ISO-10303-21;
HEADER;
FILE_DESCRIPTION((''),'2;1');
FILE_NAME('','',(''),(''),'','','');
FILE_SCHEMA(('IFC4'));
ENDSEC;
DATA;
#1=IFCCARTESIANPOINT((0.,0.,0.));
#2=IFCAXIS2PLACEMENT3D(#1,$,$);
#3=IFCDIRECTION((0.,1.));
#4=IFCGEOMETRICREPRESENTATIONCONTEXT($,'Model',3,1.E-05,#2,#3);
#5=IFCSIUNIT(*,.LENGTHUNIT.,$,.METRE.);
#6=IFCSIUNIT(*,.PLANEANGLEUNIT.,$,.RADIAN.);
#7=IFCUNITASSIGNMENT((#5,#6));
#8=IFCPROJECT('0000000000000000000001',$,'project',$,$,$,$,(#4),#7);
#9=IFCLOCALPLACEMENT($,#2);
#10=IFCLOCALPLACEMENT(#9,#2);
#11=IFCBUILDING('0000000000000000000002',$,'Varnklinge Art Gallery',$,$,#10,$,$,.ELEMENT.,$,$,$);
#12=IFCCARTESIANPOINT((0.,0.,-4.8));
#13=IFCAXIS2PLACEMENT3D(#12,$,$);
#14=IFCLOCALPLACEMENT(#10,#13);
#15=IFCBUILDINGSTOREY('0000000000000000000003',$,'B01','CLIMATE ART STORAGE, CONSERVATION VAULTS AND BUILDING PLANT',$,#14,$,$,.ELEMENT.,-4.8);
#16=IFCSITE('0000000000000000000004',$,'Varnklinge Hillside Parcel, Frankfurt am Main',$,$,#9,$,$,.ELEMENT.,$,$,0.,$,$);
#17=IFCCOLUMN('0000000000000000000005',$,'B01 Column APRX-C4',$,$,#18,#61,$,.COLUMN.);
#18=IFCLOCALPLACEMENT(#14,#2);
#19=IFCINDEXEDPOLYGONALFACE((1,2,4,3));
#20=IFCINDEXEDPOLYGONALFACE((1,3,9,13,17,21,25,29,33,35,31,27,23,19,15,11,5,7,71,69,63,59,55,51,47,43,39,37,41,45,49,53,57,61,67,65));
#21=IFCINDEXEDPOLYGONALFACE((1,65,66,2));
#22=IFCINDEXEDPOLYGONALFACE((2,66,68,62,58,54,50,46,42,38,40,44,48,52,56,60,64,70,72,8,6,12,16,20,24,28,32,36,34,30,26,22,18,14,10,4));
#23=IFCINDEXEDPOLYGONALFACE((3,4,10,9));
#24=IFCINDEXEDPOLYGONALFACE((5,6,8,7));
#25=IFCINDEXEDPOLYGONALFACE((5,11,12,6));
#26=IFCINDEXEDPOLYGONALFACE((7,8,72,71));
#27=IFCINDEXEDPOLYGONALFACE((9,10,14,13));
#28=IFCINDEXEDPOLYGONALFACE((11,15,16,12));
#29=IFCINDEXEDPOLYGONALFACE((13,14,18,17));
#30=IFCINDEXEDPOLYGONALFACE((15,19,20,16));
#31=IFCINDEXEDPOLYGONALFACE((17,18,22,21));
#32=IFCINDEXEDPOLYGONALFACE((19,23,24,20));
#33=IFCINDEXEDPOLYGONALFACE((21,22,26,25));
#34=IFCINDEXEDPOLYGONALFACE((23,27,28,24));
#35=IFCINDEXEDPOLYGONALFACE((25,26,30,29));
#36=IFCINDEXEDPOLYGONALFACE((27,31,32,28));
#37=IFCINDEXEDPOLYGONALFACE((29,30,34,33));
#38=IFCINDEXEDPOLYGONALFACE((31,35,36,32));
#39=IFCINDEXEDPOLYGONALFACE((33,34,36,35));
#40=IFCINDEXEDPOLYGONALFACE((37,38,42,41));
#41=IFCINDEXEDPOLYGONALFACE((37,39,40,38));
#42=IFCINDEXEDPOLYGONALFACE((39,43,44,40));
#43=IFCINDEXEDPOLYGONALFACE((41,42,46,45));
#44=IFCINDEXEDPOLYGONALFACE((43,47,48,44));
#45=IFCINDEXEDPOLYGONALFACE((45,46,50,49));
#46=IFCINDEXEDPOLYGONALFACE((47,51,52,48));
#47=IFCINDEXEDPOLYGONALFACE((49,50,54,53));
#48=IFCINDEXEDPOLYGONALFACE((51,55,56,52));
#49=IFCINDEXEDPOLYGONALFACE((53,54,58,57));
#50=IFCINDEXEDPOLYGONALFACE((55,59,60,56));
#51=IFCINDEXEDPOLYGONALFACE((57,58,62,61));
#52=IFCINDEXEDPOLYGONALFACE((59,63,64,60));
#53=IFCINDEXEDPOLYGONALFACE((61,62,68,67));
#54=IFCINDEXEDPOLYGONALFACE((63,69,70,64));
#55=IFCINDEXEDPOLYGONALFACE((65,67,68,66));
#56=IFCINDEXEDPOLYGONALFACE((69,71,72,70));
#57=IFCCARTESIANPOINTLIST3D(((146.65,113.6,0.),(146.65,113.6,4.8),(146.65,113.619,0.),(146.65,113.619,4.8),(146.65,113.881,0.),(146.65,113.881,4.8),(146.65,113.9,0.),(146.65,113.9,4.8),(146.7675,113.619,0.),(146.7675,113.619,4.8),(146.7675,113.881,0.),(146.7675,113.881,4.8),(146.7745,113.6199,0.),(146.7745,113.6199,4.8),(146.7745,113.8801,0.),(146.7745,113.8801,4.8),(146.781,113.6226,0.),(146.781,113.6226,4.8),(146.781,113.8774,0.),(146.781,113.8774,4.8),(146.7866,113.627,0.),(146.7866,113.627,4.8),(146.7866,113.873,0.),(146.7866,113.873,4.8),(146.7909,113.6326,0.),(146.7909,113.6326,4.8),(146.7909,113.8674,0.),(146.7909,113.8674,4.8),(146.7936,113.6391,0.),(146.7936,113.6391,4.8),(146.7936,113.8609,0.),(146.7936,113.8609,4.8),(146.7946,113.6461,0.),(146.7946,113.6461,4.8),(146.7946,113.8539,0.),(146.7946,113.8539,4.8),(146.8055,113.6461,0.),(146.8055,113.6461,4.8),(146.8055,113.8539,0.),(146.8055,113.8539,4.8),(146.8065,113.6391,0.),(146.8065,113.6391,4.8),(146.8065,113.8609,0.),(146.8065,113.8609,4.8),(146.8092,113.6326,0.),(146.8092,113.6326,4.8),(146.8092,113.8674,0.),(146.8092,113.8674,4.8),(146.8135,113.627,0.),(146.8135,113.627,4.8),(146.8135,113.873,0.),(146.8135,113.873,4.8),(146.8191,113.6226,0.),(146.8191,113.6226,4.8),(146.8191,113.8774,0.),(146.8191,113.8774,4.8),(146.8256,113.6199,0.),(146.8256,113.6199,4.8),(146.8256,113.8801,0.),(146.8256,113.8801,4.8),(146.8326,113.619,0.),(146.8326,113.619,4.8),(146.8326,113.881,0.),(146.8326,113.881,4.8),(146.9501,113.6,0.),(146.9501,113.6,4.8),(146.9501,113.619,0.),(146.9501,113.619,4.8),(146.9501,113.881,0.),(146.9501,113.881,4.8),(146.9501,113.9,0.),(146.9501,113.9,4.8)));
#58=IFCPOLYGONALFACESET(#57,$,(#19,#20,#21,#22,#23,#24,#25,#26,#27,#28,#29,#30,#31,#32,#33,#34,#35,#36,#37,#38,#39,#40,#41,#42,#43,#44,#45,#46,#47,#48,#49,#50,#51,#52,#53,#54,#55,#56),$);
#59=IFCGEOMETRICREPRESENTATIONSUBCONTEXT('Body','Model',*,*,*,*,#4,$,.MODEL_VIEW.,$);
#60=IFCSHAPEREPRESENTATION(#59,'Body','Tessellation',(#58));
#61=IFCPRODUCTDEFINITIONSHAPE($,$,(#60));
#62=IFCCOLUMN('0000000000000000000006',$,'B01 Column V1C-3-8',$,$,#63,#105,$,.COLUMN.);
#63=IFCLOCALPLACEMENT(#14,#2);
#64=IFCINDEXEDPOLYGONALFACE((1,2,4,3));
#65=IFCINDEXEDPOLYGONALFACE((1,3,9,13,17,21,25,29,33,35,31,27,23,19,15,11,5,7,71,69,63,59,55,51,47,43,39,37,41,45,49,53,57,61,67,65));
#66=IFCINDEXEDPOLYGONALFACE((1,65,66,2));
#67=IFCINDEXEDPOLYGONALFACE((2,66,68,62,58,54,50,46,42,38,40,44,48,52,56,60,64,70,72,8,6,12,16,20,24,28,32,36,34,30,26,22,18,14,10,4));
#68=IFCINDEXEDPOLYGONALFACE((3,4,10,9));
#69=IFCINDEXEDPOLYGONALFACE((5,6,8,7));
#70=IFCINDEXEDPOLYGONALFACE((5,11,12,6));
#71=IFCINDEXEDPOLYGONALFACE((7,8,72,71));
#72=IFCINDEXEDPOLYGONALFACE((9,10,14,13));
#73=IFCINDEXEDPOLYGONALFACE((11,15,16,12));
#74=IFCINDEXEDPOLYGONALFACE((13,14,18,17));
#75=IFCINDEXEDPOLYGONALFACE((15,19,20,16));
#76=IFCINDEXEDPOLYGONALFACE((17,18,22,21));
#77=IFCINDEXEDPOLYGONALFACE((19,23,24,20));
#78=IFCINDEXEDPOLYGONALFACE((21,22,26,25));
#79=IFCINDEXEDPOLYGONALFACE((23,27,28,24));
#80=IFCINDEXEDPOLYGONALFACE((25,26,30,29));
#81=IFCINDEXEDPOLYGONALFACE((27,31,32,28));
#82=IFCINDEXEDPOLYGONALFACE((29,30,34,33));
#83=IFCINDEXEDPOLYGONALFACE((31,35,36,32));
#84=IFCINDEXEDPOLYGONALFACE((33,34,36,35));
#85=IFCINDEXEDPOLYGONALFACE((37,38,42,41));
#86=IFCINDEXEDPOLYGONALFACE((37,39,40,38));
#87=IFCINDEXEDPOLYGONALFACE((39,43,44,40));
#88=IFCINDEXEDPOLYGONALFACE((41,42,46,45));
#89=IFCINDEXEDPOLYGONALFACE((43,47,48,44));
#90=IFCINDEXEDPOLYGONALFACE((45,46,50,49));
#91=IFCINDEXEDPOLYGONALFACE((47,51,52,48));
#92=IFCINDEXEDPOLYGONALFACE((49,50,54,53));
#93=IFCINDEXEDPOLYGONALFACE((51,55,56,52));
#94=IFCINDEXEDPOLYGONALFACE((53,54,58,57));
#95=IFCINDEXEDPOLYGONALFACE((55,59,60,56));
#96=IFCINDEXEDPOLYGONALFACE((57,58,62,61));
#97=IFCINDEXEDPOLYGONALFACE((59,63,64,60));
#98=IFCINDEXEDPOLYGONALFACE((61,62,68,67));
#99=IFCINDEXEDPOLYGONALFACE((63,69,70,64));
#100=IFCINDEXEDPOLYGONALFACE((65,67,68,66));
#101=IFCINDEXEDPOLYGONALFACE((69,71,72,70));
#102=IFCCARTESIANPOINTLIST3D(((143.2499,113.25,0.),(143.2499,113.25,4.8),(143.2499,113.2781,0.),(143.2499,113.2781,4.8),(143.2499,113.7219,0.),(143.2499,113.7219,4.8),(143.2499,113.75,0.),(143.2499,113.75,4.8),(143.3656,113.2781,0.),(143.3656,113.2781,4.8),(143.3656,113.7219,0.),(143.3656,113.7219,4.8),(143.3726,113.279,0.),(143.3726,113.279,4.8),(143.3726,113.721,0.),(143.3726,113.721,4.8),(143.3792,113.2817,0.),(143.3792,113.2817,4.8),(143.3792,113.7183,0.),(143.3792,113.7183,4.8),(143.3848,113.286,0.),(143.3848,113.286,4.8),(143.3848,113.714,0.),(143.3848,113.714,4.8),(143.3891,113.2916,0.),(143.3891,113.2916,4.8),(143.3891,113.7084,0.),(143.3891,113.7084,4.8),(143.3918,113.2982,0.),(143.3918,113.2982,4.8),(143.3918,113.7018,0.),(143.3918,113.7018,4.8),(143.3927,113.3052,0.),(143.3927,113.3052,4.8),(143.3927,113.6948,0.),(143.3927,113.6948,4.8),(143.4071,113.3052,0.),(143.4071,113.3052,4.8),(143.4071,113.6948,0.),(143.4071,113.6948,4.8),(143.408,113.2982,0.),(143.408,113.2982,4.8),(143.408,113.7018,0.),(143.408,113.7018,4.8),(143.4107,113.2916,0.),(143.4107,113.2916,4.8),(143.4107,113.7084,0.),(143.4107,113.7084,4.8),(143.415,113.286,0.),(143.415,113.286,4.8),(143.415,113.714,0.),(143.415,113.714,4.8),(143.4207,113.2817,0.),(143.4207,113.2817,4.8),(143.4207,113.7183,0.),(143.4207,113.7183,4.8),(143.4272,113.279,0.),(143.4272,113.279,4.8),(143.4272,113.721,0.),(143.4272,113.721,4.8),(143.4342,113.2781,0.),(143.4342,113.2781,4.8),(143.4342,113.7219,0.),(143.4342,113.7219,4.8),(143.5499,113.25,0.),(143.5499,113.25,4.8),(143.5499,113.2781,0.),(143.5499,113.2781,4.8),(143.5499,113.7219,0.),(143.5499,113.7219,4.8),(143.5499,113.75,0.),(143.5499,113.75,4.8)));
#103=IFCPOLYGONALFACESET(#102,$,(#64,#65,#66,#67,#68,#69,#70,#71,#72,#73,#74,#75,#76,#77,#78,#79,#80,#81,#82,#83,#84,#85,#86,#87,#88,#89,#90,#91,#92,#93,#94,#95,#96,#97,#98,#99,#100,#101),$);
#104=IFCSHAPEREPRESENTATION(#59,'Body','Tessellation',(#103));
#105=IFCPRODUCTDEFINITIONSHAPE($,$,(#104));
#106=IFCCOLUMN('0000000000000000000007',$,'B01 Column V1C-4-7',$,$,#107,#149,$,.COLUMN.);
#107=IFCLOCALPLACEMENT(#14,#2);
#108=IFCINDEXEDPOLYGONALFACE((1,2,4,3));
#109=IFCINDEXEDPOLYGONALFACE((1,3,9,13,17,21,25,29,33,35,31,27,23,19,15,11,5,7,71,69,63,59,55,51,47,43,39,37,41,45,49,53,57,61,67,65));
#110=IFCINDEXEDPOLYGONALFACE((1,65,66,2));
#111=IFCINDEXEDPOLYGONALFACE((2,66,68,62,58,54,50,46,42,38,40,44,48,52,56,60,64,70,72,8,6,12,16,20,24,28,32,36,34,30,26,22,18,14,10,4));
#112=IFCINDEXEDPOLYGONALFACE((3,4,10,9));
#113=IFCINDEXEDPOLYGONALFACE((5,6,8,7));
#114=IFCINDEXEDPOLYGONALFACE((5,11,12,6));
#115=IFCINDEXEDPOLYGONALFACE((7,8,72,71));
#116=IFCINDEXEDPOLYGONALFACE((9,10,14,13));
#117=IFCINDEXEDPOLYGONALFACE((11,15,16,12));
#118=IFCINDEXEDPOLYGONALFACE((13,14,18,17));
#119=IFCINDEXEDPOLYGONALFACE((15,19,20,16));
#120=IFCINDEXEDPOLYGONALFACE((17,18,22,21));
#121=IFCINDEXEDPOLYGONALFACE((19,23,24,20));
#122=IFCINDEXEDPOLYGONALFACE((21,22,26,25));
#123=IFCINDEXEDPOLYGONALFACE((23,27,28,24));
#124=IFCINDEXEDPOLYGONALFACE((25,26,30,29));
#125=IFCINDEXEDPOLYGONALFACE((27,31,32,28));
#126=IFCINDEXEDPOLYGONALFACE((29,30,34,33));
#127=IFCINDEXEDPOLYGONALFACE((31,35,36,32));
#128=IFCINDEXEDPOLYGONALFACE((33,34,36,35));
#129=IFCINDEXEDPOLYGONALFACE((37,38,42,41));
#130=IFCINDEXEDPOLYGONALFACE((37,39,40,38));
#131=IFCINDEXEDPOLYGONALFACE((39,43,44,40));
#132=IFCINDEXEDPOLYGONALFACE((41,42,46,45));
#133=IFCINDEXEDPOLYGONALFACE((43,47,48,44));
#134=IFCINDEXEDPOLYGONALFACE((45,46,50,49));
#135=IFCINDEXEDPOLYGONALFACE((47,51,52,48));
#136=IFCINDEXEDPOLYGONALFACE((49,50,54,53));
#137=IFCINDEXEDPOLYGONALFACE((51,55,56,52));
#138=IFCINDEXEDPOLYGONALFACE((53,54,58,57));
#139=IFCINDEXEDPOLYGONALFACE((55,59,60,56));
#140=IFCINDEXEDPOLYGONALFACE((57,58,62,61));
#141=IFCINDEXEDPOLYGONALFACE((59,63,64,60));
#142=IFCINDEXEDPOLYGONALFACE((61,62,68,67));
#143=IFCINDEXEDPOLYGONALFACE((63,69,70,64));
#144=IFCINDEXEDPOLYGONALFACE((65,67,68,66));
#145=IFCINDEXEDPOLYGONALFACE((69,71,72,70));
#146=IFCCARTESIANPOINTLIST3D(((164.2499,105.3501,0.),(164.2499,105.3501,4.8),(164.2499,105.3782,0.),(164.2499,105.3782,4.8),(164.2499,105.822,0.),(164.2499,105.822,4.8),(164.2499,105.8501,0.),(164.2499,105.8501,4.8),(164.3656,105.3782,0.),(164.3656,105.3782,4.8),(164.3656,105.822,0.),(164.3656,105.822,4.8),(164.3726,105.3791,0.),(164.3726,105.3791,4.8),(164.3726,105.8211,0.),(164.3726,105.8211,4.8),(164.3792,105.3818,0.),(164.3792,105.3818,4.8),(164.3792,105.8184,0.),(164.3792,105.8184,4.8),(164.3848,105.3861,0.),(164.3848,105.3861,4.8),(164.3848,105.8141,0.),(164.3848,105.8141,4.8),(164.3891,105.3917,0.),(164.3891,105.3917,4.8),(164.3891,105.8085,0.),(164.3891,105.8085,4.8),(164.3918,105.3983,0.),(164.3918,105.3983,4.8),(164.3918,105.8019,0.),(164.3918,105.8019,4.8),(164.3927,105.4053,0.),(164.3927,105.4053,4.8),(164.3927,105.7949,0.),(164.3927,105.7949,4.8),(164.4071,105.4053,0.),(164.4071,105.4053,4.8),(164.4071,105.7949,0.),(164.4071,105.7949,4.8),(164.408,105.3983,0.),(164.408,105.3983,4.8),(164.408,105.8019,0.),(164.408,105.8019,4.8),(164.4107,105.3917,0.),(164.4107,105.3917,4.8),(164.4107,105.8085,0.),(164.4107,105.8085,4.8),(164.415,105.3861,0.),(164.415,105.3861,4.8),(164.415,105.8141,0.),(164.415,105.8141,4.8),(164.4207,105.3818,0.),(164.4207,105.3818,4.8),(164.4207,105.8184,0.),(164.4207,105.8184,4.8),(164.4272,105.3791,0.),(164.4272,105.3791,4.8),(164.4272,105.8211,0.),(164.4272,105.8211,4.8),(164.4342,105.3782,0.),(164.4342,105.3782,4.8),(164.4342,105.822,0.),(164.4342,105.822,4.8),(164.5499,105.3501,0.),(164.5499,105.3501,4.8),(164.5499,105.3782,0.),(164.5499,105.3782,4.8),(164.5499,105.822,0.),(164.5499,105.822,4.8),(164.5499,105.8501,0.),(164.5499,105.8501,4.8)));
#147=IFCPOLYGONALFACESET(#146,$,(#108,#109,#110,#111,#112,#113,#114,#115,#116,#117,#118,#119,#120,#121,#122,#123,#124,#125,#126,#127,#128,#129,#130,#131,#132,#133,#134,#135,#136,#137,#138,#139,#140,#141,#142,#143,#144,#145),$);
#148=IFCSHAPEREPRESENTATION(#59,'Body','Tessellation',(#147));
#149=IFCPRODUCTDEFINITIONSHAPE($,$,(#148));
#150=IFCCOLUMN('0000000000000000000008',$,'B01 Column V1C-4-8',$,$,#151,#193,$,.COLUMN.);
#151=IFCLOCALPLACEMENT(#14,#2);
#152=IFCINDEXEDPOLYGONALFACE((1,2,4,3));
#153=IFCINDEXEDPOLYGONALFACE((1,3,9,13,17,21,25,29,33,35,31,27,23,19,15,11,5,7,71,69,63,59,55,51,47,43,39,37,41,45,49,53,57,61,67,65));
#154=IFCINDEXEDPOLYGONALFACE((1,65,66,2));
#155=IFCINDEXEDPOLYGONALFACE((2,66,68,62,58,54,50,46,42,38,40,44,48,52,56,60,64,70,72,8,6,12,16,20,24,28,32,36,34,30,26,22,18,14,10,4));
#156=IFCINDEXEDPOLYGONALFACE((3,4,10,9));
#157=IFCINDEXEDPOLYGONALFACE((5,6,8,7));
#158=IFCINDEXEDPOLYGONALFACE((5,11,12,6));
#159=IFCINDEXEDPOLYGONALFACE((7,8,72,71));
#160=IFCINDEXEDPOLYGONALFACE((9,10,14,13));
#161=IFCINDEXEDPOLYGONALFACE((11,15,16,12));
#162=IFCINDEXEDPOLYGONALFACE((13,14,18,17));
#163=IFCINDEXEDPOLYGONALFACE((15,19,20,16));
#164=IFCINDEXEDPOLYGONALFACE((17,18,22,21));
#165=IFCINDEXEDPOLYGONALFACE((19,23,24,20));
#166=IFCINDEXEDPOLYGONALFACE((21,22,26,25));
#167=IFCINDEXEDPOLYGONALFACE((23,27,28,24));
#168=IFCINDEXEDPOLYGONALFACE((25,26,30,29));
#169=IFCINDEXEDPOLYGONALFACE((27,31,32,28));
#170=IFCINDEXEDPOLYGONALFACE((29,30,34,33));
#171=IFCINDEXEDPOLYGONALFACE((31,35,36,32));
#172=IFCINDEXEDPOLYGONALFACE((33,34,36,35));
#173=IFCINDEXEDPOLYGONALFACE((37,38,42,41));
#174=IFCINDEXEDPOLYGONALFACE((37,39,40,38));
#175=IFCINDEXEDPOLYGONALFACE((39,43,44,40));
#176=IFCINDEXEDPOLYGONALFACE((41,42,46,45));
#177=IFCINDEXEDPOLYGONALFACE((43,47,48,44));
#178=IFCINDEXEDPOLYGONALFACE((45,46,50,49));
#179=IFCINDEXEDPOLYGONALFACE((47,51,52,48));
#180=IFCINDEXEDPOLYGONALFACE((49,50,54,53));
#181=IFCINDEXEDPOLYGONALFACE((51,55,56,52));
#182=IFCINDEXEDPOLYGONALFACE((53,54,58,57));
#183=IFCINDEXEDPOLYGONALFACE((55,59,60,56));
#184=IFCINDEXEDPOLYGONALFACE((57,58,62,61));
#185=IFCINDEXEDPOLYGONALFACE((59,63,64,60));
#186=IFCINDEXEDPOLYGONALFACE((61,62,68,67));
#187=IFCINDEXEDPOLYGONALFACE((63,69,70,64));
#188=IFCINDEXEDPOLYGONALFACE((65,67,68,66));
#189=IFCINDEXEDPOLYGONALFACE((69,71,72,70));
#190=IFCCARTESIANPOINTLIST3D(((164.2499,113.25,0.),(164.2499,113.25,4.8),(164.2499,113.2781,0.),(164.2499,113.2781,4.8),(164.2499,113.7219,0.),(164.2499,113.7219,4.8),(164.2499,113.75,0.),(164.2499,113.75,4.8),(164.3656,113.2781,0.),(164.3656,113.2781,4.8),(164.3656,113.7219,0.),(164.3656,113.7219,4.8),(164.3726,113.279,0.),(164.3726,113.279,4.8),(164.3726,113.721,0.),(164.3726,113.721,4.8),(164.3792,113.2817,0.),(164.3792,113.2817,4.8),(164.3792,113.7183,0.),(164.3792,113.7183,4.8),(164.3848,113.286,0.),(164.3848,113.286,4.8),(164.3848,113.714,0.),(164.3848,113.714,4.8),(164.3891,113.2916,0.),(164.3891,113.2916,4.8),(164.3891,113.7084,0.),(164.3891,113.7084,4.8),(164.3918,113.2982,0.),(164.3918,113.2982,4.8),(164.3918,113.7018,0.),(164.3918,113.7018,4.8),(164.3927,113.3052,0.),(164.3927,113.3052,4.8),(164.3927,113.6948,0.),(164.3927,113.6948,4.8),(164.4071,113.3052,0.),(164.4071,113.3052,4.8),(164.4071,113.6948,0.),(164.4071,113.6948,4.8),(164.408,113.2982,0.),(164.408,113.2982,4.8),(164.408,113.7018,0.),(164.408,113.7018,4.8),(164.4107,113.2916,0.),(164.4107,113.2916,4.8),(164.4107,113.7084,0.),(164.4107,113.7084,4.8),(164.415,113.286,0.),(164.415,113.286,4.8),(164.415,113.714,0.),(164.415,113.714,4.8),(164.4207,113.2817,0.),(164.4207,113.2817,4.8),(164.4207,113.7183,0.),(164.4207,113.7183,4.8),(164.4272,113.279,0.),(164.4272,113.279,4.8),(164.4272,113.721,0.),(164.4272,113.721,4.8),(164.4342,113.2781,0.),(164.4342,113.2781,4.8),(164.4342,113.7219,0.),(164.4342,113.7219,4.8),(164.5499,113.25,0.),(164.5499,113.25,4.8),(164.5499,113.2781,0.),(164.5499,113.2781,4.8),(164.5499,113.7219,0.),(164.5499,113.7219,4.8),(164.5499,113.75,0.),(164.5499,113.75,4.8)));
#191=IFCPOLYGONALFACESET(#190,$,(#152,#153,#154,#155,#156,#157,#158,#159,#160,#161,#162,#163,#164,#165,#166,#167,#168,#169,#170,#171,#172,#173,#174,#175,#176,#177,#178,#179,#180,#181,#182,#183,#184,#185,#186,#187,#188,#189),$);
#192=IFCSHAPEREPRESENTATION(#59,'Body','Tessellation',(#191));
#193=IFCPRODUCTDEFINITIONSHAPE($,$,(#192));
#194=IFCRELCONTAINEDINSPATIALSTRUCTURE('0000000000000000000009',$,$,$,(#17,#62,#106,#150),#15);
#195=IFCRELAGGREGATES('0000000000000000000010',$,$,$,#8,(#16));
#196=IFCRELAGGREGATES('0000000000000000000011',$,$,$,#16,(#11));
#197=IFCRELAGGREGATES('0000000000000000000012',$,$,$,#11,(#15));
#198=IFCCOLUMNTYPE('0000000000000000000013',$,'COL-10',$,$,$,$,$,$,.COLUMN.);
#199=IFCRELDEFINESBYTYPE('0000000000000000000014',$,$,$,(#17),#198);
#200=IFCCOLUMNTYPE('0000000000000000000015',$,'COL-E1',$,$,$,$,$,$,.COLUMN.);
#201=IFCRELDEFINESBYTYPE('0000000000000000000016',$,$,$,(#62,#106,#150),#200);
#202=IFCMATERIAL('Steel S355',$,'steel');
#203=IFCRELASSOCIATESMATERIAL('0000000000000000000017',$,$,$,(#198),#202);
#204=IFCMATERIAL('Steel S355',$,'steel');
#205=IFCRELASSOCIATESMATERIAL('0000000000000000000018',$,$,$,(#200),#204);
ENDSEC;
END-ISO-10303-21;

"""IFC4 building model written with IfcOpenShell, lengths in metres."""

from ifc_helpers import new_model, si_unit, direction, frame, origin, origin_2d, place, context, subcontext, project, spatial, i_section, extrude, material, material_profile, profile_set, type_object, element, save


model = new_model("IFC4")

# Units and contexts
model_context = context("Model", 3, precision=1e-05, world=origin(), true_north=direction((0.0, 1.0)))
body_context = subcontext(model_context, "Body", "Model", "MODEL_VIEW")
ifc_project = project(units=[si_unit("LENGTHUNIT", "METRE"), si_unit("PLANEANGLEUNIT", "RADIAN")], contexts=[model_context])

# Site, building, storey
site_placement = place(None, origin())
site = spatial("IfcSite", under=ifc_project, at=site_placement, Name="Varnklinge Hillside Parcel, Frankfurt am Main", CompositionType="ELEMENT", RefElevation=0.0)
building_placement = place(site_placement, origin())
building = spatial("IfcBuilding", under=site, at=building_placement, Name="Varnklinge Art Gallery", CompositionType="ELEMENT")
storey_placement = place(building_placement, frame((0.0, 0.0, -4.8)))
storey = spatial("IfcBuildingStorey", under=building, at=storey_placement, Name="B01", Description="CLIMATE ART STORAGE, CONSERVATION VAULTS AND BUILDING PLANT", CompositionType="ELEMENT", Elevation=-4.8)

# Columns
ifc_material_1 = material(Name="Steel S355", Category="steel")
ifc_material_profile_1 = material_profile(ifc_material_1, i_section(OverallWidth=0.3, OverallDepth=0.3, WebThickness=0.011, FlangeThickness=0.019, FilletRadius=0.0271, at=origin_2d()), Name="HEB 300")
ifc_profile_set_1 = profile_set([ifc_material_profile_1], Name="Steel S355")
column_type_1 = type_object("IfcColumnType", Name="COL-10", PredefinedType="COLUMN", material=ifc_profile_set_1)
column_placement = place(storey_placement, frame((146.8, 113.75, 0.0), z_axis=(0.0, 0.0, 1.0), x_axis=(1.0, 0.0, 0.0)))
element("IfcColumn", 1, at=column_placement, inside=storey, type_object=column_type_1, Name="B01 Column APRX-C4", PredefinedType="COLUMN", context=body_context, shape_type="SweptSolid", body=[
    extrude(i_section(OverallWidth=0.3, OverallDepth=0.3, WebThickness=0.011, FlangeThickness=0.019, FilletRadius=0.0271, at=origin_2d()), origin(), (0.0, 0.0, 1.0), 4.8),
])
ifc_material_2 = material(Name="Steel S355", Category="steel")
ifc_material_profile_2 = material_profile(ifc_material_2, i_section(OverallWidth=0.3, OverallDepth=0.5, WebThickness=0.0144, FlangeThickness=0.0281, FilletRadius=0.0271, at=origin_2d()), Name="HEB 500")
ifc_profile_set_2 = profile_set([ifc_material_profile_2], Name="Steel S355")
column_type_2 = type_object("IfcColumnType", Name="COL-E1", PredefinedType="COLUMN", material=ifc_profile_set_2)
for number, where, z_axis, x_axis, name in (
    (2, (143.3999, 113.5, 0.0), (0.0, 0.0, 1.0), (1.0, 0.0, 0.0), "B01 Column V1C-3-8"),
    (3, (164.3999, 105.6001, 0.0), (0.0, 0.0, 1.0), (1.0, 0.0, 0.0), "B01 Column V1C-4-7"),
    (4, (164.3999, 113.5, 0.0), (0.0, 0.0, 1.0), (1.0, 0.0, 0.0), "B01 Column V1C-4-8"),
):
    element("IfcColumn", number, at=place(storey_placement, frame(where, z_axis=z_axis, x_axis=x_axis)), inside=storey, type_object=column_type_2, Name=name, PredefinedType="COLUMN", context=body_context, shape_type="SweptSolid", body=[
        extrude(i_section(OverallWidth=0.3, OverallDepth=0.5, WebThickness=0.0144, FlangeThickness=0.0281, FilletRadius=0.0271, at=origin_2d()), origin(), (0.0, 0.0, 1.0), 4.8),
    ])

save(model, "model.ifc")
